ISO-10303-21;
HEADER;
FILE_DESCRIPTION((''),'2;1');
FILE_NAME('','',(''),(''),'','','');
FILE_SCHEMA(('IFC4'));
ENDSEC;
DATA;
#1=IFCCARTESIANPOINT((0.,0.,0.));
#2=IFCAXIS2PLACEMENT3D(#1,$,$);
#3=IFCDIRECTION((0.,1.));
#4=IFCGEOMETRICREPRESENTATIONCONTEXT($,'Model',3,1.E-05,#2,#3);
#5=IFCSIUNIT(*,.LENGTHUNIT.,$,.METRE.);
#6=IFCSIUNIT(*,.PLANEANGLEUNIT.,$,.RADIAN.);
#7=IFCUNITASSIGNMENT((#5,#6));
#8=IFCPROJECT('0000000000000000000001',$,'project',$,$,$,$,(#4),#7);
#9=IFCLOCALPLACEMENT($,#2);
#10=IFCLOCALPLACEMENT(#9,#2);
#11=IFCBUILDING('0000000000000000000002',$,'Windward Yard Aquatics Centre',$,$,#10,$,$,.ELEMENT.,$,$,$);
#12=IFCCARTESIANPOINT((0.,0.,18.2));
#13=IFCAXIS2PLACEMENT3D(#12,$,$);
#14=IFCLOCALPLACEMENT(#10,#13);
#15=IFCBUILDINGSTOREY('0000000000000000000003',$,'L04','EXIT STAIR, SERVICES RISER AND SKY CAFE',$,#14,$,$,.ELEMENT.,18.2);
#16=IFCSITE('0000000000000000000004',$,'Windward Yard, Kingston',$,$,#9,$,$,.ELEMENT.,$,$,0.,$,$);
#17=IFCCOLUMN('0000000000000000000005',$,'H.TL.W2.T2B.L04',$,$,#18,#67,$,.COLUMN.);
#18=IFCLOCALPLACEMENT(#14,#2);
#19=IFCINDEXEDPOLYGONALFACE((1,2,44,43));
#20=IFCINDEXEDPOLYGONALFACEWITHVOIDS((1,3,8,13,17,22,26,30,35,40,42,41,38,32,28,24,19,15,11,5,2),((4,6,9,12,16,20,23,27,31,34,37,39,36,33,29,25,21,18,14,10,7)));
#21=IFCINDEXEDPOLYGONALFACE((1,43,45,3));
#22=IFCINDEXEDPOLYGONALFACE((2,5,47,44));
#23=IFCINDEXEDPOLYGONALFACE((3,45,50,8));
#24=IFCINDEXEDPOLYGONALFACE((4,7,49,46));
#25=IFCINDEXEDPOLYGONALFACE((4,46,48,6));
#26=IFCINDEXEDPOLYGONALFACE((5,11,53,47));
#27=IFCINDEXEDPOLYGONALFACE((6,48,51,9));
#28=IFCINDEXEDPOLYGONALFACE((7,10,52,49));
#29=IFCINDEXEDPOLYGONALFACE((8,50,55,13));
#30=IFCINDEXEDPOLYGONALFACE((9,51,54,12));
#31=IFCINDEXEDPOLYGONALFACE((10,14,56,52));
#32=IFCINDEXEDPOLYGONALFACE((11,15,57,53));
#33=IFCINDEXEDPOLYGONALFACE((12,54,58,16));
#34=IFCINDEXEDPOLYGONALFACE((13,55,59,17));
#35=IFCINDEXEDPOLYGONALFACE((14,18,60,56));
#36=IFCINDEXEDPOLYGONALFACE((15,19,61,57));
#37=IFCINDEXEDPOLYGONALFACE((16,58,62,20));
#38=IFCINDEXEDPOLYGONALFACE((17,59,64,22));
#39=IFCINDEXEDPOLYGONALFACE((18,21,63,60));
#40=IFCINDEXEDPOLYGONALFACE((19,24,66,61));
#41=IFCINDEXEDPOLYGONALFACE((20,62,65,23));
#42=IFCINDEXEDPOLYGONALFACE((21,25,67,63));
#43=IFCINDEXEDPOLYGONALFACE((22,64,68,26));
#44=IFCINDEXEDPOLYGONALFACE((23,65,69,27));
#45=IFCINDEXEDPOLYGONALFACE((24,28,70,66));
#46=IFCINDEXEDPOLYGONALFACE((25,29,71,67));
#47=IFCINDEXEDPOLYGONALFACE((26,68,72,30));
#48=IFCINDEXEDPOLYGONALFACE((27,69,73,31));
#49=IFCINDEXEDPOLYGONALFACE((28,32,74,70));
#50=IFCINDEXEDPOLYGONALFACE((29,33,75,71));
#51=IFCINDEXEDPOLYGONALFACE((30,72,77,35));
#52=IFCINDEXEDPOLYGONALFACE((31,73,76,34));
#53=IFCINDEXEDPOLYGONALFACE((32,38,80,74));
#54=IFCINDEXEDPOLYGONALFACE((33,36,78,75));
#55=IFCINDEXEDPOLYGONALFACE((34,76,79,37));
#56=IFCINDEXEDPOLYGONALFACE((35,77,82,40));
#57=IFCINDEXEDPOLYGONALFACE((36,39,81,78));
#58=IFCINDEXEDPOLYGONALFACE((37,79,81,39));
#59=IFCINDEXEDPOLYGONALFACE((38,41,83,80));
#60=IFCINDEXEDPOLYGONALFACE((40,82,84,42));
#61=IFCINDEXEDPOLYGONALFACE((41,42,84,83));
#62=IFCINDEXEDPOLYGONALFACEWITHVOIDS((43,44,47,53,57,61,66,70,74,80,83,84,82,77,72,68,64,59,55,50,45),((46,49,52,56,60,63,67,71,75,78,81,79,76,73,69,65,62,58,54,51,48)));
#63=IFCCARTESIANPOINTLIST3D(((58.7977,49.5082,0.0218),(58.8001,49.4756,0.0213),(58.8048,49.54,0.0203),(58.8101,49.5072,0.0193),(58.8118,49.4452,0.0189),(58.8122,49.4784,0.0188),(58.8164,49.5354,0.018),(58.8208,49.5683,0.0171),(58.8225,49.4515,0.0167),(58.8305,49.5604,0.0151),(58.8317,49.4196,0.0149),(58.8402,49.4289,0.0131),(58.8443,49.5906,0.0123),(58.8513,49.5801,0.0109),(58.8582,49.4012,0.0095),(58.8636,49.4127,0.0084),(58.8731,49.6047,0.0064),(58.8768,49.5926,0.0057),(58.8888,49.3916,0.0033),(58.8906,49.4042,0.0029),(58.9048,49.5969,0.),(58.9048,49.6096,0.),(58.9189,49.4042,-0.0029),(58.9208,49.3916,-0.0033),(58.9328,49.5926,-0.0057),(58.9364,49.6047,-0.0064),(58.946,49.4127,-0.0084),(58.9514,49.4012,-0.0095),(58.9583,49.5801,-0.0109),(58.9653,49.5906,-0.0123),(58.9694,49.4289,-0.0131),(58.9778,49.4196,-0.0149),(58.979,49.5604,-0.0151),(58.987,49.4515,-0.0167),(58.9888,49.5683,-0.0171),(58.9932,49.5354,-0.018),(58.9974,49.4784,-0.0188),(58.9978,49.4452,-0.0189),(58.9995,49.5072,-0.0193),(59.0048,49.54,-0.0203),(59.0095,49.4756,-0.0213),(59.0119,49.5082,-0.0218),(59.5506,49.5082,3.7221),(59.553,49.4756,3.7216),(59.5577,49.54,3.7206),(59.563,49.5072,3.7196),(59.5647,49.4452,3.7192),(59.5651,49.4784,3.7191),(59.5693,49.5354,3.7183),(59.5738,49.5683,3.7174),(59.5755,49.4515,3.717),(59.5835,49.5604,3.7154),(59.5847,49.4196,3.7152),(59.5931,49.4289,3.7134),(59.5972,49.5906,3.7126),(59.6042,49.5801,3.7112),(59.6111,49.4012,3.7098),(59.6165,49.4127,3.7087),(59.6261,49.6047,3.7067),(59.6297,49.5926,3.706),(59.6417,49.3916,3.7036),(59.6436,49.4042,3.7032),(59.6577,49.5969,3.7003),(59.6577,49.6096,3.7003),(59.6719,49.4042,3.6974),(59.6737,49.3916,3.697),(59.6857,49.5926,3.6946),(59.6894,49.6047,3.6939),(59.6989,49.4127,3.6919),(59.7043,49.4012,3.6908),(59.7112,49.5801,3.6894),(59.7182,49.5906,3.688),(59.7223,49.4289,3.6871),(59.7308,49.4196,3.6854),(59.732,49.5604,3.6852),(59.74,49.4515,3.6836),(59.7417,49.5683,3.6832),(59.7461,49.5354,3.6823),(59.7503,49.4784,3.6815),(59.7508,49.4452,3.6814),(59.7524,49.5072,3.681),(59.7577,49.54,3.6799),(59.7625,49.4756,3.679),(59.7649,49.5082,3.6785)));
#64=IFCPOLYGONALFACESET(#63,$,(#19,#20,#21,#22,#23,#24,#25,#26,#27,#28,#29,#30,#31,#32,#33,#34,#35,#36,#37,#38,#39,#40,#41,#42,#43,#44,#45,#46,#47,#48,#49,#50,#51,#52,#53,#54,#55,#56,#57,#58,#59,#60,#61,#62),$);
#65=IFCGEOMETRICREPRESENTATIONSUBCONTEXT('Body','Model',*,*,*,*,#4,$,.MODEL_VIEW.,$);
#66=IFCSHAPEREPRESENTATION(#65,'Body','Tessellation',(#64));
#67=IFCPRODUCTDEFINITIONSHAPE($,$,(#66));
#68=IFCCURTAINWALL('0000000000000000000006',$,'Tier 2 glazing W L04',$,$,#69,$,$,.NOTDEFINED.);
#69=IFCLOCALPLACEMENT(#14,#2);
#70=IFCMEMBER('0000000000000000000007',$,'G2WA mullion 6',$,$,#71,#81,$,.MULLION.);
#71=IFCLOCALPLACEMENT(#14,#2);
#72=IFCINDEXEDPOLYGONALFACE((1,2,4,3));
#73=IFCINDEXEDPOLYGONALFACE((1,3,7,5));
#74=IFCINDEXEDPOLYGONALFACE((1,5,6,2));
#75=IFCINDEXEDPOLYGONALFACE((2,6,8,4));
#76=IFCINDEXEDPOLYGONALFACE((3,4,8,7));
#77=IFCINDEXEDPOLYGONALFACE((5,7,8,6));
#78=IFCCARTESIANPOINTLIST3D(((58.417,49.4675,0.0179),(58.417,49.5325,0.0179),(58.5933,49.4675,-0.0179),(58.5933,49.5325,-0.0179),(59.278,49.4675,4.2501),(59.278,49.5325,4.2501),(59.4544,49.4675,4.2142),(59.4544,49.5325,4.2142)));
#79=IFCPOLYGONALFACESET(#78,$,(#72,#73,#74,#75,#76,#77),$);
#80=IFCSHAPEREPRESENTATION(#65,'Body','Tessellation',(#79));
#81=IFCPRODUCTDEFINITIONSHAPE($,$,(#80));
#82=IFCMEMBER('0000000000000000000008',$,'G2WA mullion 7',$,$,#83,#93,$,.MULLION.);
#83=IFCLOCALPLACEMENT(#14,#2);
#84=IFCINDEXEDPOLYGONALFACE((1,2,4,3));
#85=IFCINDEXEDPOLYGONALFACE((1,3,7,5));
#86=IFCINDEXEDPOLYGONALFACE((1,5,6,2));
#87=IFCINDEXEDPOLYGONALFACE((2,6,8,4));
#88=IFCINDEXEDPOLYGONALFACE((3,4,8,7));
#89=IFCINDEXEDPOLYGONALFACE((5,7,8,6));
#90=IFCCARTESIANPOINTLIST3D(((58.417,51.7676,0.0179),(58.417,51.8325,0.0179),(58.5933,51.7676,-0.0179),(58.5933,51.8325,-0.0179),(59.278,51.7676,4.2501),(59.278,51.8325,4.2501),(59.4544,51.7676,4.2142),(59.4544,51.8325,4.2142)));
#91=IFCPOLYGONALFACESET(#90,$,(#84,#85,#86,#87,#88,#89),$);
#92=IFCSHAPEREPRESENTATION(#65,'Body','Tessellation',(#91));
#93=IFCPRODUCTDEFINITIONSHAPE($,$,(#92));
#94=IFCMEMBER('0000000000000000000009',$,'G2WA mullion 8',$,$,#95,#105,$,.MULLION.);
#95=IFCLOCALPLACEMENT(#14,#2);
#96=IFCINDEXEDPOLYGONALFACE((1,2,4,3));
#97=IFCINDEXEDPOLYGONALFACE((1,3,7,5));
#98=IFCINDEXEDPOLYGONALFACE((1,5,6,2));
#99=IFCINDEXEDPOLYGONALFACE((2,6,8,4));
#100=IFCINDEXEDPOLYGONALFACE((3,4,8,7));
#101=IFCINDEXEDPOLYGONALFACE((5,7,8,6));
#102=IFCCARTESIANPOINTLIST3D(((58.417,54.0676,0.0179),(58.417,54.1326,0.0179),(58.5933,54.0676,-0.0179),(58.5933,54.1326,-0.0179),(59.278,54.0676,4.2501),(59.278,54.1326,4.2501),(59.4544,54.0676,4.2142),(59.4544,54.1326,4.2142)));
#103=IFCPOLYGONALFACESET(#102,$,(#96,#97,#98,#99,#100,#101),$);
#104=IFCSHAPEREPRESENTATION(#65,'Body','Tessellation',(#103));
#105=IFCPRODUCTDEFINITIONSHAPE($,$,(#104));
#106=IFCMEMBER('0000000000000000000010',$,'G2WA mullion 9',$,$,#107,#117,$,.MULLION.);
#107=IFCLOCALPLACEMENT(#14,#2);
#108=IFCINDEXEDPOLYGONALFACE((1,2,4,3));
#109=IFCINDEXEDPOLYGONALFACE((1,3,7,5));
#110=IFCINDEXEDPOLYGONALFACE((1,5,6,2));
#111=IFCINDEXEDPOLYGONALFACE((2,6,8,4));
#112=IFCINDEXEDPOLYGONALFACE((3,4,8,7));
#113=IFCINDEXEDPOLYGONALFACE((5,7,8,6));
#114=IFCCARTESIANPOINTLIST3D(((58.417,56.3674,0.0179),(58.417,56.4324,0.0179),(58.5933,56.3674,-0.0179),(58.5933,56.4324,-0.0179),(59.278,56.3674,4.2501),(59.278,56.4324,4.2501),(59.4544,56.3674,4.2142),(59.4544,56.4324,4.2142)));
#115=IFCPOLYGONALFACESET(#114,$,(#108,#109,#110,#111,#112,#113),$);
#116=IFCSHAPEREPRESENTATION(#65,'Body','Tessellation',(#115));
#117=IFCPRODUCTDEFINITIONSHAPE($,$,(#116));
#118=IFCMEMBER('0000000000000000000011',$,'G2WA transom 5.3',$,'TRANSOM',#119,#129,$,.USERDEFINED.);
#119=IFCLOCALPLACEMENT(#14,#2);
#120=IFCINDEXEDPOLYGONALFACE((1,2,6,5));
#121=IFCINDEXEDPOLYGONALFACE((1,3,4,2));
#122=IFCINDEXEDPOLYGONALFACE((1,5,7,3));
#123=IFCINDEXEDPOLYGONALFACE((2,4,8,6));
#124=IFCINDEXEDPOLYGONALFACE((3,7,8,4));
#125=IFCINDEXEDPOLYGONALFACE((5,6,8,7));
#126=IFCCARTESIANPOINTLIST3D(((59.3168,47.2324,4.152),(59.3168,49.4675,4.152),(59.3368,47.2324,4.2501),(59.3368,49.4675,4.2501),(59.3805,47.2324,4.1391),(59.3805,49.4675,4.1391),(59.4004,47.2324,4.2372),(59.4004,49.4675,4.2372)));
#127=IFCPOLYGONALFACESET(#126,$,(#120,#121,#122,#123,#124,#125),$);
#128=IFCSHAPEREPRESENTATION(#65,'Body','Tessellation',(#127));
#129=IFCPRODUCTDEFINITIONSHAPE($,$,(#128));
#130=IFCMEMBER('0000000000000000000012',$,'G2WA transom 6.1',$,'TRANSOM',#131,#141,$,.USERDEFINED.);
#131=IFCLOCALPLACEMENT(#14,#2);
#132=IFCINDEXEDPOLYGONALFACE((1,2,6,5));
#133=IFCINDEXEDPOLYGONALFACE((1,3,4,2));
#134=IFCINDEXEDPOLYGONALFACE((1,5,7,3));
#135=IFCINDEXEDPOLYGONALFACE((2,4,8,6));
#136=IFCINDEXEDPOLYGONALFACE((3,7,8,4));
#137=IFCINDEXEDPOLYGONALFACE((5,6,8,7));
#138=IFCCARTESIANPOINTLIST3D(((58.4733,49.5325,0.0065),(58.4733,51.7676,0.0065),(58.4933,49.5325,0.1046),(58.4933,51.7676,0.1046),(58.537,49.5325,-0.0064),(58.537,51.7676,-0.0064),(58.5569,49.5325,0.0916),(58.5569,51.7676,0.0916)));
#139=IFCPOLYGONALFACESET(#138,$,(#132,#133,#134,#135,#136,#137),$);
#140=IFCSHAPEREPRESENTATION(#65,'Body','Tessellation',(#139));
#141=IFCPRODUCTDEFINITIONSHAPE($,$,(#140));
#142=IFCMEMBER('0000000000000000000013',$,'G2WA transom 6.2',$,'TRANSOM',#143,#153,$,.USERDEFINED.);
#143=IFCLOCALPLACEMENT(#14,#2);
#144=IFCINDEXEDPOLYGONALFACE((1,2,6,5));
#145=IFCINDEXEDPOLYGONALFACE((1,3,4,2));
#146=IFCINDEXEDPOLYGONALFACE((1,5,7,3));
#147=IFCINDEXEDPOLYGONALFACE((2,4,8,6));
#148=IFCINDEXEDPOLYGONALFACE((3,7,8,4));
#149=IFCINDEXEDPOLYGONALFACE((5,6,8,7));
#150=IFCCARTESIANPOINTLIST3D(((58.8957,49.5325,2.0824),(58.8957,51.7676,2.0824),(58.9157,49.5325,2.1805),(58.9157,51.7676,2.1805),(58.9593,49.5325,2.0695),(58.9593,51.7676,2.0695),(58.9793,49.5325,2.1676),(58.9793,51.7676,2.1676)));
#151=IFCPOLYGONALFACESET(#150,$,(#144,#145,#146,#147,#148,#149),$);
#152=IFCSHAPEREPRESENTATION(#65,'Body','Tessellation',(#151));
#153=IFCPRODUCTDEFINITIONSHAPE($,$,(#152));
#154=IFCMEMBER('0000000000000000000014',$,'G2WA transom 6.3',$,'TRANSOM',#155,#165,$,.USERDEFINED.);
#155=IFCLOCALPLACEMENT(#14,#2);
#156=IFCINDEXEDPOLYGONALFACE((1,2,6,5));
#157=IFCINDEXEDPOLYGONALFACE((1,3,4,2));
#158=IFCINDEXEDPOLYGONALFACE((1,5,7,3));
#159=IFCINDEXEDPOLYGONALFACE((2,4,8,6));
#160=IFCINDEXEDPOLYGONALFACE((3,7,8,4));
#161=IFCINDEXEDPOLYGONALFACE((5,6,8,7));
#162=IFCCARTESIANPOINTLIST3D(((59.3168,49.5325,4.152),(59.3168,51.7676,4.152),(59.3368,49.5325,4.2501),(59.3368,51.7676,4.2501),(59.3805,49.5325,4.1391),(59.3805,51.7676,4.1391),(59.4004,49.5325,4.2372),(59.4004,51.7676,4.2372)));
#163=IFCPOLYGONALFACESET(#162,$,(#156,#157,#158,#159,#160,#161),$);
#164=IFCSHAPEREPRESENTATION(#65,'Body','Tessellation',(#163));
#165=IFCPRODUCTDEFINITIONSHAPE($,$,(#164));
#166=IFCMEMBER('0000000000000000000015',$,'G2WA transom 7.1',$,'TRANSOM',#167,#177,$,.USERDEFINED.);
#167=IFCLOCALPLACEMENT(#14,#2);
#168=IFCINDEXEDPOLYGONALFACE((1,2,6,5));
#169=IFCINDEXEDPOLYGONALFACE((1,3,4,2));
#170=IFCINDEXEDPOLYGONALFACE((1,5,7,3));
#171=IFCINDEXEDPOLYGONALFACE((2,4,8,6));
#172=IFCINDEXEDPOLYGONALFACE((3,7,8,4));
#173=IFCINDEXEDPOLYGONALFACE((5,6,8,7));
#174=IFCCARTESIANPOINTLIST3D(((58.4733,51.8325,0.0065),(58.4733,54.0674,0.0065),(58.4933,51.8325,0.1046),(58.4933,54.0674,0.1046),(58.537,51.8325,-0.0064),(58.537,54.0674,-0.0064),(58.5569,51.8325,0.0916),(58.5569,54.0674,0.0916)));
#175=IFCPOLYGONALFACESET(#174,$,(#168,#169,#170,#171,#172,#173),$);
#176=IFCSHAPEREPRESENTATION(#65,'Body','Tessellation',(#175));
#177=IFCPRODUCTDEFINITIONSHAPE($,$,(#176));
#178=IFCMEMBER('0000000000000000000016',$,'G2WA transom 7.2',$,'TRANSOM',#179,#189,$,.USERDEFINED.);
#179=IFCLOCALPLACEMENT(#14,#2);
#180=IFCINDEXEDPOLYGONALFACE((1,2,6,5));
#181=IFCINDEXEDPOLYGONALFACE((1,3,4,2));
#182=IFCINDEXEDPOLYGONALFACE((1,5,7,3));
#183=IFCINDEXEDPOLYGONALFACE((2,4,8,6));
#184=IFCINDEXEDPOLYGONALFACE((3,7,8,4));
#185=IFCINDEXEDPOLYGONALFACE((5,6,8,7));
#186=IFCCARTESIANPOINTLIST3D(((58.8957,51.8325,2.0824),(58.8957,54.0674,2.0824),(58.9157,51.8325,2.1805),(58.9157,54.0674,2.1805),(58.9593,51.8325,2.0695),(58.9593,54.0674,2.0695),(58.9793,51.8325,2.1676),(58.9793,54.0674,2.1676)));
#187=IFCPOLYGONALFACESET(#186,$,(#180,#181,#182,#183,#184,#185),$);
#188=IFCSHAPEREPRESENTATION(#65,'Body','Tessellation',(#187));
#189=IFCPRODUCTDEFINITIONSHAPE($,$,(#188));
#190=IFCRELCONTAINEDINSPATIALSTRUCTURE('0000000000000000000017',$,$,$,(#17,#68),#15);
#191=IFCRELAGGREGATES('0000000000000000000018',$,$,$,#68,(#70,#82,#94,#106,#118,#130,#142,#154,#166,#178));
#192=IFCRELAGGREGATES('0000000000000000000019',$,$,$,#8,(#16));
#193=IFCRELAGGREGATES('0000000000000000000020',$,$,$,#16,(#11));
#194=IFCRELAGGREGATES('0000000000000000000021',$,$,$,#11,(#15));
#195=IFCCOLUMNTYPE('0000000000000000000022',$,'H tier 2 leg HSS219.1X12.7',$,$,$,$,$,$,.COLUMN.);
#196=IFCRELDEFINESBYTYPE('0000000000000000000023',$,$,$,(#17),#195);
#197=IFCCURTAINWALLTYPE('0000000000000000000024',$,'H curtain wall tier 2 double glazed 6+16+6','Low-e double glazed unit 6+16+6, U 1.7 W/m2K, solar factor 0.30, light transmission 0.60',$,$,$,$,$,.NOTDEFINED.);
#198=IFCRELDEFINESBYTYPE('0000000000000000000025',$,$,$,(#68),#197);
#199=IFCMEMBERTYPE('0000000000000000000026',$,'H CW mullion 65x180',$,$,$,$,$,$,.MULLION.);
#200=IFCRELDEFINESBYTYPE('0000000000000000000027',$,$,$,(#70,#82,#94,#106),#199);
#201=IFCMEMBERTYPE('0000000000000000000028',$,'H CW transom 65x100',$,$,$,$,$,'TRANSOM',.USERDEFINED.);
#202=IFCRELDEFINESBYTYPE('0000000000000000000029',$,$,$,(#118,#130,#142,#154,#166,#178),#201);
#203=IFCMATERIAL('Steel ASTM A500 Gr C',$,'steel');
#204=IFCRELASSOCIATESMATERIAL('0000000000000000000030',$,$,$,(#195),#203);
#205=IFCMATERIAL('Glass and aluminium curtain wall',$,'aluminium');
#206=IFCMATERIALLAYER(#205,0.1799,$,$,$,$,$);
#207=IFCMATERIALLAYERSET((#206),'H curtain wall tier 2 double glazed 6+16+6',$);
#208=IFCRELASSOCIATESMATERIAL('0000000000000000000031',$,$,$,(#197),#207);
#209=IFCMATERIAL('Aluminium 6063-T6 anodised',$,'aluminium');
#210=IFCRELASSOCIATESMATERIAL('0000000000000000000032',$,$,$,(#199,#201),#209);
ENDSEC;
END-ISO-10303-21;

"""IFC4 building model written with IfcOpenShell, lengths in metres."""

from ifc_helpers import new_model, si_unit, direction, frame, origin, origin_2d, place, context, subcontext, project, spatial, rectangle, hollow_circle, extrude, material, layer, layer_set, material_profile, profile_set, type_object, element, aggregate, save


model = new_model("IFC4")

# Units and contexts
model_context = context("Model", 3, precision=1e-05, world=origin(), true_north=direction((0.0, 1.0)))
body_context = subcontext(model_context, "Body", "Model", "MODEL_VIEW")
ifc_project = project(units=[si_unit("LENGTHUNIT", "METRE"), si_unit("PLANEANGLEUNIT", "RADIAN")], contexts=[model_context])

# Site, building, storey
site_placement = place(None, origin())
site = spatial("IfcSite", under=ifc_project, at=site_placement, Name="Windward Yard, Kingston", CompositionType="ELEMENT", RefElevation=0.0)
building_placement = place(site_placement, origin())
building = spatial("IfcBuilding", under=site, at=building_placement, Name="Windward Yard Aquatics Centre", CompositionType="ELEMENT")
storey_placement = place(building_placement, frame((0.0, 0.0, 18.2)))
storey = spatial("IfcBuildingStorey", under=building, at=storey_placement, Name="L04", Description="EXIT STAIR, SERVICES RISER AND SKY CAFE", CompositionType="ELEMENT", Elevation=18.2)

# Column
ifc_material_1 = material(Name="Steel ASTM A500 Gr C", Category="steel")
ifc_material_profile_1 = material_profile(ifc_material_1, hollow_circle(Radius=0.1096, WallThickness=0.0127, at=origin_2d()), Name="HSS219.1X12.7")
ifc_profile_set_1 = profile_set([ifc_material_profile_1], Name="Steel ASTM A500 Gr C")
column_type = type_object("IfcColumnType", Name="H tier 2 leg HSS219.1X12.7", PredefinedType="COLUMN", material=ifc_profile_set_1)
column_placement = place(storey_placement, frame((58.9048, 49.5, 0.0), z_axis=(0.199398, 0.0, 0.979919), x_axis=(0.0, 1.0, 0.0)))
element("IfcColumn", 1, at=column_placement, inside=storey, type_object=column_type, Name="H.TL.W2.T2B.L04", PredefinedType="COLUMN", context=body_context, shape_type="SweptSolid", body=[
    extrude(hollow_circle(Radius=0.1096, WallThickness=0.0127, at=origin_2d()), origin(), (0.0, 0.0, 1.0), 3.7761),
])

# Curtain wall, members
ifc_material_2 = material(Name="Glass and aluminium curtain wall", Category="aluminium")
ifc_layer_1 = layer(ifc_material_2, 0.1799)
ifc_layer_set_1 = layer_set([ifc_layer_1], Name="H curtain wall tier 2 double glazed 6+16+6")
curtain_wall_type = type_object("IfcCurtainWallType", Name="H curtain wall tier 2 double glazed 6+16+6", Description="Low-e double glazed unit 6+16+6, U 1.7 W/m2K, solar factor 0.30, light transmission 0.60", PredefinedType="NOTDEFINED", material=ifc_layer_set_1)
curtain_wall_placement = place(storey_placement, origin())
curtain_wall = element("IfcCurtainWall", 2, at=curtain_wall_placement, inside=storey, type_object=curtain_wall_type, Name="Tier 2 glazing W L04", PredefinedType="NOTDEFINED")
ifc_material_3 = material(Name="Aluminium 6063-T6 anodised", Category="aluminium")
ifc_material_profile_2 = material_profile(ifc_material_3, rectangle(XDim=0.0649, YDim=0.1799, at=origin_2d()), Name="H CW mullion 65x180")
ifc_profile_set_2 = profile_set([ifc_material_profile_2], Name="Aluminium 6063-T6 anodised")
member_type_1 = type_object("IfcMemberType", Name="H CW mullion 65x180", PredefinedType="MULLION", material=ifc_profile_set_2)
member_1_placement = place(storey_placement, frame((58.5051, 49.5, 0.0), z_axis=(0.199376, 0.0, 0.979923), x_axis=(0.0, 1.0, 0.0)))
member_1 = element("IfcMember", 3, at=member_1_placement, type_object=member_type_1, Name="G2WA mullion 6", PredefinedType="MULLION", context=body_context, shape_type="SweptSolid", body=[
    extrude(rectangle(XDim=0.0649, YDim=0.1799, at=origin_2d()), origin(), (0.0, 0.0, 1.0), 4.3188),
])
member_2_placement = place(storey_placement, frame((58.5051, 51.8, 0.0), z_axis=(0.199376, 0.0, 0.979923), x_axis=(0.0, 1.0, 0.0)))
member_2 = element("IfcMember", 4, at=member_2_placement, type_object=member_type_1, Name="G2WA mullion 7", PredefinedType="MULLION", context=body_context, shape_type="SweptSolid", body=[
    extrude(rectangle(XDim=0.0649, YDim=0.1799, at=origin_2d()), origin(), (0.0, 0.0, 1.0), 4.3188),
])
member_3_placement = place(storey_placement, frame((58.5051, 54.1001, 0.0), z_axis=(0.199376, 0.0, 0.979923), x_axis=(0.0, 1.0, 0.0)))
member_3 = element("IfcMember", 5, at=member_3_placement, type_object=member_type_1, Name="G2WA mullion 8", PredefinedType="MULLION", context=body_context, shape_type="SweptSolid", body=[
    extrude(rectangle(XDim=0.0649, YDim=0.1799, at=origin_2d()), origin(), (0.0, 0.0, 1.0), 4.3188),
])
member_4_placement = place(storey_placement, frame((58.5051, 56.3999, 0.0), z_axis=(0.199376, 0.0, 0.979923), x_axis=(0.0, 1.0, 0.0)))
member_4 = element("IfcMember", 6, at=member_4_placement, type_object=member_type_1, Name="G2WA mullion 9", PredefinedType="MULLION", context=body_context, shape_type="SweptSolid", body=[
    extrude(rectangle(XDim=0.0649, YDim=0.1799, at=origin_2d()), origin(), (0.0, 0.0, 1.0), 4.3188),
])
ifc_material_profile_3 = material_profile(ifc_material_3, rectangle(XDim=0.0649, YDim=0.1001, at=origin_2d()), Name="H CW transom 65x100")
ifc_profile_set_3 = profile_set([ifc_material_profile_3], Name="Aluminium 6063-T6 anodised")
member_type_2 = type_object("IfcMemberType", Name="H CW transom 65x100", ElementType="TRANSOM", PredefinedType="USERDEFINED", material=ifc_profile_set_3)
member_5_placement = place(storey_placement, frame((59.3586, 47.2324, 4.1946), z_axis=(0.0, 1.0, 0.0), x_axis=(-0.979925, 0.0, 0.199368)))
member_5 = element("IfcMember", 7, at=member_5_placement, type_object=member_type_2, Name="G2WA transom 5.3", ObjectType="TRANSOM", PredefinedType="USERDEFINED", context=body_context, shape_type="SweptSolid", body=[
    extrude(rectangle(XDim=0.0649, YDim=0.1001, at=origin_2d()), origin(), (0.0, 0.0, 1.0), 2.2351),
])
member_6_placement = place(storey_placement, frame((58.5151, 49.5325, 0.0491), z_axis=(0.0, 1.0, 0.0), x_axis=(-0.979925, 0.0, 0.199368)))
member_6 = element("IfcMember", 8, at=member_6_placement, type_object=member_type_2, Name="G2WA transom 6.1", ObjectType="TRANSOM", PredefinedType="USERDEFINED", context=body_context, shape_type="SweptSolid", body=[
    extrude(rectangle(XDim=0.0649, YDim=0.1001, at=origin_2d()), origin(), (0.0, 0.0, 1.0), 2.2351),
])
member_7_placement = place(storey_placement, frame((58.9375, 49.5325, 2.125), z_axis=(0.0, 1.0, 0.0), x_axis=(-0.979925, 0.0, 0.199368)))
member_7 = element("IfcMember", 9, at=member_7_placement, type_object=member_type_2, Name="G2WA transom 6.2", ObjectType="TRANSOM", PredefinedType="USERDEFINED", context=body_context, shape_type="SweptSolid", body=[
    extrude(rectangle(XDim=0.0649, YDim=0.1001, at=origin_2d()), origin(), (0.0, 0.0, 1.0), 2.2351),
])
member_8_placement = place(storey_placement, frame((59.3586, 49.5325, 4.1946), z_axis=(0.0, 1.0, 0.0), x_axis=(-0.979925, 0.0, 0.199368)))
member_8 = element("IfcMember", 10, at=member_8_placement, type_object=member_type_2, Name="G2WA transom 6.3", ObjectType="TRANSOM", PredefinedType="USERDEFINED", context=body_context, shape_type="SweptSolid", body=[
    extrude(rectangle(XDim=0.0649, YDim=0.1001, at=origin_2d()), origin(), (0.0, 0.0, 1.0), 2.2351),
])
member_9_placement = place(storey_placement, frame((58.5151, 51.8325, 0.0491), z_axis=(0.0, 1.0, 0.0), x_axis=(-0.979925, 0.0, 0.199368)))
member_9 = element("IfcMember", 11, at=member_9_placement, type_object=member_type_2, Name="G2WA transom 7.1", ObjectType="TRANSOM", PredefinedType="USERDEFINED", context=body_context, shape_type="SweptSolid", body=[
    extrude(rectangle(XDim=0.0649, YDim=0.1001, at=origin_2d()), origin(), (0.0, 0.0, 1.0), 2.2349),
])
member_10_placement = place(storey_placement, frame((58.9375, 51.8325, 2.125), z_axis=(0.0, 1.0, 0.0), x_axis=(-0.979925, 0.0, 0.199368)))
member_10 = element("IfcMember", 12, at=member_10_placement, type_object=member_type_2, Name="G2WA transom 7.2", ObjectType="TRANSOM", PredefinedType="USERDEFINED", context=body_context, shape_type="SweptSolid", body=[
    extrude(rectangle(XDim=0.0649, YDim=0.1001, at=origin_2d()), origin(), (0.0, 0.0, 1.0), 2.2349),
])

aggregate(curtain_wall, [member_1, member_2, member_3, member_4, member_5, member_6, member_7, member_8, member_9, member_10])

save(model, "model.ifc")
